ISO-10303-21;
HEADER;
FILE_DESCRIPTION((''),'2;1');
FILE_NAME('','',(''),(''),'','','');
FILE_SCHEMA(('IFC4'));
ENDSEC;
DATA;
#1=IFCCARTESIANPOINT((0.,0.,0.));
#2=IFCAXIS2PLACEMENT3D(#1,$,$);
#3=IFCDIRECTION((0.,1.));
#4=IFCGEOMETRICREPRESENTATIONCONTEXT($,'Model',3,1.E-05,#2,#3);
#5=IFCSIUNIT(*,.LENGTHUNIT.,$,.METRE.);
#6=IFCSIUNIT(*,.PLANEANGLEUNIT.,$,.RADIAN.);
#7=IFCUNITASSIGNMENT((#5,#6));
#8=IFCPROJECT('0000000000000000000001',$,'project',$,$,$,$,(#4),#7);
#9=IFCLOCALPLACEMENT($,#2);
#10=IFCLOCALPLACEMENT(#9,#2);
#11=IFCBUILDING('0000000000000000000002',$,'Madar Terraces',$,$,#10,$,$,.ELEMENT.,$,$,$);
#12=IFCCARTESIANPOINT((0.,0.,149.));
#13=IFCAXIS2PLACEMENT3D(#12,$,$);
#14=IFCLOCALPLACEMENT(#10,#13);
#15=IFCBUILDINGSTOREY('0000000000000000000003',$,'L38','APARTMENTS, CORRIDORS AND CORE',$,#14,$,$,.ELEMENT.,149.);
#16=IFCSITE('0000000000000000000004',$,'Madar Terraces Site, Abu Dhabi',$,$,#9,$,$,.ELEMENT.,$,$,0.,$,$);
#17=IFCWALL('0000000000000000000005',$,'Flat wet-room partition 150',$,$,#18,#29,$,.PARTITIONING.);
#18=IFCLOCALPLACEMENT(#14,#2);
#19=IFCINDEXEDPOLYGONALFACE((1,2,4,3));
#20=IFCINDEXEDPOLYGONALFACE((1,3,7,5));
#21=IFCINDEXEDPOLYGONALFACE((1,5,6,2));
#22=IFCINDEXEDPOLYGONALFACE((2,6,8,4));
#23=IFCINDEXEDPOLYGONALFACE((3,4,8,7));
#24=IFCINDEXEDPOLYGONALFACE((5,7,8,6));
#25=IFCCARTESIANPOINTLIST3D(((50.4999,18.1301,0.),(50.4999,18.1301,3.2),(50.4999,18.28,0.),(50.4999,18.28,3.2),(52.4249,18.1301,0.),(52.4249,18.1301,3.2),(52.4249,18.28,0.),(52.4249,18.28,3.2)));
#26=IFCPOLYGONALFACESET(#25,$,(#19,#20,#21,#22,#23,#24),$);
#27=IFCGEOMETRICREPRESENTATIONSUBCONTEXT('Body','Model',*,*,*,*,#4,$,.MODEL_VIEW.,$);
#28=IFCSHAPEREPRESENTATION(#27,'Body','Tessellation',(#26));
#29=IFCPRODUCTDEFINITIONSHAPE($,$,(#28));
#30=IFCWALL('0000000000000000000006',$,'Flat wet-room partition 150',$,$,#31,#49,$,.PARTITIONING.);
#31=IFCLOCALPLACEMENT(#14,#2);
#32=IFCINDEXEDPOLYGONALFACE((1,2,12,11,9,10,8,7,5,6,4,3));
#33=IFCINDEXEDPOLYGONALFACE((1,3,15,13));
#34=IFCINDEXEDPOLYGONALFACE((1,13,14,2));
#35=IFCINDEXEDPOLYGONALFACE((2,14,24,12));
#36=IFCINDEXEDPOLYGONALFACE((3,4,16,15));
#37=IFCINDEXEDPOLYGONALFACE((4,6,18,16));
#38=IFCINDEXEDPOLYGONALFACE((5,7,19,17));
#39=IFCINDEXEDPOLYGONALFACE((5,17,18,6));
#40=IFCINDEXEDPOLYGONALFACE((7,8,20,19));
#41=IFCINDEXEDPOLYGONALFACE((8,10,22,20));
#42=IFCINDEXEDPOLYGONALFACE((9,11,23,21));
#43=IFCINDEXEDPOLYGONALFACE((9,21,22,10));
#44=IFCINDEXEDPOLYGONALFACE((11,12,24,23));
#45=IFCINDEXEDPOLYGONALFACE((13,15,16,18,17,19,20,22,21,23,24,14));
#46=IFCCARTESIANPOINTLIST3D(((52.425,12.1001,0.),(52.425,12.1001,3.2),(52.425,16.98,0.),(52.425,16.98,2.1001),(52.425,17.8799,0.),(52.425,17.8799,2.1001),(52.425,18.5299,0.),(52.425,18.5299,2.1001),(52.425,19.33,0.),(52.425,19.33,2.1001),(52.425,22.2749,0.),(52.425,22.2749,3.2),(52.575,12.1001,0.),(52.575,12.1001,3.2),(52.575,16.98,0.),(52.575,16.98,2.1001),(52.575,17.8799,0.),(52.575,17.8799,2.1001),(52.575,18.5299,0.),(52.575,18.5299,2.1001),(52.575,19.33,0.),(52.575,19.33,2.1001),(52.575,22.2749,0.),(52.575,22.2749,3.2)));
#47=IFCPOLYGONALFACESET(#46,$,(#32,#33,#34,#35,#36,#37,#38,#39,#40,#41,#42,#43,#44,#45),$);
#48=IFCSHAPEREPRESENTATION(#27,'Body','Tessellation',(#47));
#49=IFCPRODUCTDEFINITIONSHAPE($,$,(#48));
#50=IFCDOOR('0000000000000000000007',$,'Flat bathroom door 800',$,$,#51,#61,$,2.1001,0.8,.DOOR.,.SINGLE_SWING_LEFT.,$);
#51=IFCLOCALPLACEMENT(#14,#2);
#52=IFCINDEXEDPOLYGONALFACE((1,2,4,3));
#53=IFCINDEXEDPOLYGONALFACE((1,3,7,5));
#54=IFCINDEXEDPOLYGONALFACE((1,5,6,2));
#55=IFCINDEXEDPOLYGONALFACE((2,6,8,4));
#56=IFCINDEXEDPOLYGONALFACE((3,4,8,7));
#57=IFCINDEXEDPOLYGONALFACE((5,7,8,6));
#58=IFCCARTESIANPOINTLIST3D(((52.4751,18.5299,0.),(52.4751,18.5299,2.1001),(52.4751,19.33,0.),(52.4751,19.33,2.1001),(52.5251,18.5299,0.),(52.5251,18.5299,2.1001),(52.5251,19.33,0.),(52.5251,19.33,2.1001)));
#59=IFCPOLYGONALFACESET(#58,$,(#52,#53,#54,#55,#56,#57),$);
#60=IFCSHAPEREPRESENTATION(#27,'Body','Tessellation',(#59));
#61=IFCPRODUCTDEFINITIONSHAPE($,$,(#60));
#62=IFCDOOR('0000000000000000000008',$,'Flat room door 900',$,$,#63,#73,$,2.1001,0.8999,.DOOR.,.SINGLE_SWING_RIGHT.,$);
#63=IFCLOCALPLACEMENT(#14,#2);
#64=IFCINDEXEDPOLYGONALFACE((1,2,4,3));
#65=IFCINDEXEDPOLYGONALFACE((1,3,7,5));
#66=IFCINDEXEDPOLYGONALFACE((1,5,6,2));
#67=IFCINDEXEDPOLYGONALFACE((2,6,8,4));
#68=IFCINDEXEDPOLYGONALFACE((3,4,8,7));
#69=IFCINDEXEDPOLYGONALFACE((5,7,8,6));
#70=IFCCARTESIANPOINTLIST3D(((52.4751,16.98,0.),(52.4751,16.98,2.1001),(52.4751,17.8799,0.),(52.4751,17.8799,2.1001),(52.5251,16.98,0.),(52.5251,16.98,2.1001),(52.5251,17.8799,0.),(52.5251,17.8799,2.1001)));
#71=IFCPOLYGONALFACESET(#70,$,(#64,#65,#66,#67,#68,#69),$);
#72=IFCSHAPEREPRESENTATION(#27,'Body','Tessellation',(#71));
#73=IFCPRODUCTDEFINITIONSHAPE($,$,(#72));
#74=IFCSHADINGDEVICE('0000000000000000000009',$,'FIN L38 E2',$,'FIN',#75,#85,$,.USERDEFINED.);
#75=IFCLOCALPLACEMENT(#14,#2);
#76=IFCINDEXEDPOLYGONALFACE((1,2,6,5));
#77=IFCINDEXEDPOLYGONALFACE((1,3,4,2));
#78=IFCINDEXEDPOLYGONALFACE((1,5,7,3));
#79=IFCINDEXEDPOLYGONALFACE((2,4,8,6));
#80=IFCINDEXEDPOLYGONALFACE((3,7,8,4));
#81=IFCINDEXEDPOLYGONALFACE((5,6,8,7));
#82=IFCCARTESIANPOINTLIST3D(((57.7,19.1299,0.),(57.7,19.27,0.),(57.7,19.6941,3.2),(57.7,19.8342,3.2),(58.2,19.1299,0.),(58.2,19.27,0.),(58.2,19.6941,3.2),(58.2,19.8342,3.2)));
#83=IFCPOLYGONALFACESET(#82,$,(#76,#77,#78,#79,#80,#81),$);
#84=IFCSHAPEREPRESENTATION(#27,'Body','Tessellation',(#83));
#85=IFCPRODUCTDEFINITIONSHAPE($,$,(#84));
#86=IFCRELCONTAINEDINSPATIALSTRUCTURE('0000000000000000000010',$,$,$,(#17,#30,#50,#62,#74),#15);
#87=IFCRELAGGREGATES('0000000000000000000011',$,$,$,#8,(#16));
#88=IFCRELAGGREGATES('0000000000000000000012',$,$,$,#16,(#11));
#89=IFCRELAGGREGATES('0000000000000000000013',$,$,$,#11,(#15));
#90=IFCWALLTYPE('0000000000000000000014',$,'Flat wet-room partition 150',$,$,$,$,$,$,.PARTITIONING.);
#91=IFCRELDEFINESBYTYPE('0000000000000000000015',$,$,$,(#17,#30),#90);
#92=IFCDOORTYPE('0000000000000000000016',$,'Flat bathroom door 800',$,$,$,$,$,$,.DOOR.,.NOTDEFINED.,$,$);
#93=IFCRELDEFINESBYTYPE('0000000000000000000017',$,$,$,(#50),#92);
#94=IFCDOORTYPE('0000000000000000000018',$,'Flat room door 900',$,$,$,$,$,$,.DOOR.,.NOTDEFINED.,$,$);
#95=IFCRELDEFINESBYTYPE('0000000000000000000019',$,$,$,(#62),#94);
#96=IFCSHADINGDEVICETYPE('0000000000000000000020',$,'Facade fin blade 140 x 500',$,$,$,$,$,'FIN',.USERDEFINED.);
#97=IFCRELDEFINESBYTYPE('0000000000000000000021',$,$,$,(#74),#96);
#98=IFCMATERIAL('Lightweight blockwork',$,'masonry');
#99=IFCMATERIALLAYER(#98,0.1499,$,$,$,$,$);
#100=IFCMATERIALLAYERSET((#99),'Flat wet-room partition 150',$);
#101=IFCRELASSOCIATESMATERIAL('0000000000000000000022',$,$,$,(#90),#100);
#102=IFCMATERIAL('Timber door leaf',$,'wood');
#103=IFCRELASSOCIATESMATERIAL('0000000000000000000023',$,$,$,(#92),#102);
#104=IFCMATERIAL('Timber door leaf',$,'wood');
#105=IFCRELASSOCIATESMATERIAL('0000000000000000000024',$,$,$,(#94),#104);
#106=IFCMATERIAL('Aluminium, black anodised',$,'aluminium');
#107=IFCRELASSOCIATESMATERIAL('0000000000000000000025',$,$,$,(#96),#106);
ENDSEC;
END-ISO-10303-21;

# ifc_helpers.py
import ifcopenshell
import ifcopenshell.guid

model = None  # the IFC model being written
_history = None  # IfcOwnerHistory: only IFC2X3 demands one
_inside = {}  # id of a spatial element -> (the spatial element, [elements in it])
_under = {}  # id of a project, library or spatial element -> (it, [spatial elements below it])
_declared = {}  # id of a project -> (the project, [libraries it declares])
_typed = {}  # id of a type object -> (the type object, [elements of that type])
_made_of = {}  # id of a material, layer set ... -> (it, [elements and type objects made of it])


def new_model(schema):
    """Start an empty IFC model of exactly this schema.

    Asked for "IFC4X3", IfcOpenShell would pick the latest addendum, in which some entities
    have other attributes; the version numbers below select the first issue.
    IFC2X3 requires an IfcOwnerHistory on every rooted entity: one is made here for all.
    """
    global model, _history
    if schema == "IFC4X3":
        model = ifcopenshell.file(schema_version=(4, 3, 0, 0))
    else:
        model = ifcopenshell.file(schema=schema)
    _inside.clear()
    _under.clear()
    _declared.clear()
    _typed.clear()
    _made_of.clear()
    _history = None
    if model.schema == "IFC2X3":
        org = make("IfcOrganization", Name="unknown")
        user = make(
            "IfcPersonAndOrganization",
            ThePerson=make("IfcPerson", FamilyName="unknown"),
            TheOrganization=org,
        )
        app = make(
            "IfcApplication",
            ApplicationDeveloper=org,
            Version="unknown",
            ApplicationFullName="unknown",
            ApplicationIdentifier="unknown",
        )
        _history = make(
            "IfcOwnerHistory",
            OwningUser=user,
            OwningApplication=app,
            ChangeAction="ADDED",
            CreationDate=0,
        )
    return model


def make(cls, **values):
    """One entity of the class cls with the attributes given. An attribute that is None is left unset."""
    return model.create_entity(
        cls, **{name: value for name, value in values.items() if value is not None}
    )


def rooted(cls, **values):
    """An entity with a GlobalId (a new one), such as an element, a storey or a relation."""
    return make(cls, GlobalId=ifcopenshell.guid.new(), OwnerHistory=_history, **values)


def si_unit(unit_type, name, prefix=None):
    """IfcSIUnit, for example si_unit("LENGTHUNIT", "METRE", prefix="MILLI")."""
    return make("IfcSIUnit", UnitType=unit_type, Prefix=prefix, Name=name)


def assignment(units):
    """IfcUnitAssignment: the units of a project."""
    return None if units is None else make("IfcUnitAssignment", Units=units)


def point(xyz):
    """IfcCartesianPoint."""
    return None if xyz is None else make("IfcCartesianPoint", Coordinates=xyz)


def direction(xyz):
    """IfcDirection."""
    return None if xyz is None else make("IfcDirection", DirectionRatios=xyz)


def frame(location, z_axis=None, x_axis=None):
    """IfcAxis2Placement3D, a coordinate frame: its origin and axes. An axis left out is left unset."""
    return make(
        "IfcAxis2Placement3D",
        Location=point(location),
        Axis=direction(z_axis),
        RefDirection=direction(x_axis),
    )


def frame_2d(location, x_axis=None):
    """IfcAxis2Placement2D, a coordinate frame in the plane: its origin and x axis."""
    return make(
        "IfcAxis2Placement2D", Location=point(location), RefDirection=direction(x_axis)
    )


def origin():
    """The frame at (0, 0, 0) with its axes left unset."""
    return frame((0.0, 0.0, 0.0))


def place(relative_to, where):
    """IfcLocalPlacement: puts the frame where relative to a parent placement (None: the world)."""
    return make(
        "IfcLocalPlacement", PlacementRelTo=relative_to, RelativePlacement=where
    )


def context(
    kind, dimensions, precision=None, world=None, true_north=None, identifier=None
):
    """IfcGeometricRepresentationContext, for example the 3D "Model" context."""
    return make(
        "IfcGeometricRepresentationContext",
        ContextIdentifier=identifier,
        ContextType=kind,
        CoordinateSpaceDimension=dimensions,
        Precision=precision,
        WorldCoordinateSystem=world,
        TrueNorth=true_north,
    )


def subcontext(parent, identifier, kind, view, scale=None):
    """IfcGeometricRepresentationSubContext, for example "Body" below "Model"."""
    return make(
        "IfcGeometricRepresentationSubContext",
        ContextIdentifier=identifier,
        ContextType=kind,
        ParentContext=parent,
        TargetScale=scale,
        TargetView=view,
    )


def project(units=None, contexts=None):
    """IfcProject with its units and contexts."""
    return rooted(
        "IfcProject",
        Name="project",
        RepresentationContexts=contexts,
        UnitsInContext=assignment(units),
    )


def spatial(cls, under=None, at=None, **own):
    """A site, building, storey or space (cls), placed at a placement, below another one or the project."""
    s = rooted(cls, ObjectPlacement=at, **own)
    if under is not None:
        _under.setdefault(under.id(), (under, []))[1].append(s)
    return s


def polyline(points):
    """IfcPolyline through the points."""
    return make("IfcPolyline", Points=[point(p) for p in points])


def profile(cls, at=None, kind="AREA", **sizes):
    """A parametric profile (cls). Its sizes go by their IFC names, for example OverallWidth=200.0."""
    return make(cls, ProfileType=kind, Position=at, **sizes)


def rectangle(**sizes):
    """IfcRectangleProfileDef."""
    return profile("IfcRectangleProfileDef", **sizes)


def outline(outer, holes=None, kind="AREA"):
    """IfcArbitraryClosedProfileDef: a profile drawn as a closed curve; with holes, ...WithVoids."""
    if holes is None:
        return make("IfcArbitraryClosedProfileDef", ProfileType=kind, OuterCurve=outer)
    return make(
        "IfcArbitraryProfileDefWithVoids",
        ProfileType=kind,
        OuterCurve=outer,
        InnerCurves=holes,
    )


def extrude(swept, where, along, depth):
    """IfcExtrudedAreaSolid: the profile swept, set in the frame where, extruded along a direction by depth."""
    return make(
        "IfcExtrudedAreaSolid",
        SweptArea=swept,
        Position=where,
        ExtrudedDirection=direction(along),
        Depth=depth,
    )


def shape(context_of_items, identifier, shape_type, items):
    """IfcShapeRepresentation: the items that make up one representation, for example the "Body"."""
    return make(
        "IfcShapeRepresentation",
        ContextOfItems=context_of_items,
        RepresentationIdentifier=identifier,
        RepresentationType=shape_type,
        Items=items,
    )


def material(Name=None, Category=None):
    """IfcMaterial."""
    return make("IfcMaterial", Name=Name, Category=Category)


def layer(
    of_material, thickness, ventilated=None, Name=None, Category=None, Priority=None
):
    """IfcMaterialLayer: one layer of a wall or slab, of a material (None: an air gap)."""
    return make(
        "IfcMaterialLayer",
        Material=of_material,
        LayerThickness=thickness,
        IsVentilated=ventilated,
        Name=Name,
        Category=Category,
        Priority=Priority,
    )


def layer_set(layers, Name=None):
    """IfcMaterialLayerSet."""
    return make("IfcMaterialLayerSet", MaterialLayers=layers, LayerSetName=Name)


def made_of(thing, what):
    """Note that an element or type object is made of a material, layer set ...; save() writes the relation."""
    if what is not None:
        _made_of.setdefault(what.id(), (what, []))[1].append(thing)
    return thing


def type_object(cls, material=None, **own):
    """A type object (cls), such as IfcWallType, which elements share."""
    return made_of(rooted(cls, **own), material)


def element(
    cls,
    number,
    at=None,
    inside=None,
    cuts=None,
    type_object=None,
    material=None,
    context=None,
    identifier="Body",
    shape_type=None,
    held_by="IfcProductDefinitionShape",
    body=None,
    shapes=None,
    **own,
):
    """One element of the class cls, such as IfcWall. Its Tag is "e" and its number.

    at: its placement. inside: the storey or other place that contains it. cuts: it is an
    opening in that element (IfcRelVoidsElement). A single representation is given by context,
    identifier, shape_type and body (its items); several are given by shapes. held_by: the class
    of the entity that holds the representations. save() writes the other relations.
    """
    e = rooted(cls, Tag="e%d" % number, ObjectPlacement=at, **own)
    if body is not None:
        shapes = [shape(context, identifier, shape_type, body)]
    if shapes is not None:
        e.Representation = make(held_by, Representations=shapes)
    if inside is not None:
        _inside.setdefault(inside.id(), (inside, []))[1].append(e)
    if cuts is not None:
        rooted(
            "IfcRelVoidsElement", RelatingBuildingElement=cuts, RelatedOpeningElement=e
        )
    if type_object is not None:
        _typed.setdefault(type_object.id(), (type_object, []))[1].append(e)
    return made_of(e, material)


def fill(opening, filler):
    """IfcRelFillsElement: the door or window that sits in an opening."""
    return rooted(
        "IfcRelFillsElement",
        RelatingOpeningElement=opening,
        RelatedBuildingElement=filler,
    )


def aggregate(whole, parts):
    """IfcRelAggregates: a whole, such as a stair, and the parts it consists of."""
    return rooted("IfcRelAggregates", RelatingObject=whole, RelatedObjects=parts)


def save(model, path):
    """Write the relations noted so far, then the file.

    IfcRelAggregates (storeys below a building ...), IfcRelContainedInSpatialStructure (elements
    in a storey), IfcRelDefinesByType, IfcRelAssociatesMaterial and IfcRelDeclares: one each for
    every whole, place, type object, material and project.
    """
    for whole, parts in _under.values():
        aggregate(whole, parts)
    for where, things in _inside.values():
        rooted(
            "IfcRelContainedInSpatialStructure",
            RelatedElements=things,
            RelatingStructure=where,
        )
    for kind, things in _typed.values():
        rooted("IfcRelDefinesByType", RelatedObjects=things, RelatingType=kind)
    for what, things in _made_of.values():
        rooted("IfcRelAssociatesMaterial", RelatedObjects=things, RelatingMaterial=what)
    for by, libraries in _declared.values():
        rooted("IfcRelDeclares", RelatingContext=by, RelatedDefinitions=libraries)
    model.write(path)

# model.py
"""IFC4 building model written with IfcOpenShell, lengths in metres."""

from ifc_helpers import new_model, si_unit, direction, frame, frame_2d, origin, place, context, subcontext, project, spatial, polyline, rectangle, outline, extrude, material, layer, layer_set, type_object, element, fill, save


model = new_model("IFC4")

# Units and contexts
model_context = context("Model", 3, precision=1e-05, world=origin(), true_north=direction((0.0, 1.0)))
body_context = subcontext(model_context, "Body", "Model", "MODEL_VIEW")
ifc_project = project(units=[si_unit("LENGTHUNIT", "METRE"), si_unit("PLANEANGLEUNIT", "RADIAN")], contexts=[model_context])

# Site, building, storey
site_placement = place(None, origin())
site = spatial("IfcSite", under=ifc_project, at=site_placement, Name="Madar Terraces Site, Abu Dhabi", CompositionType="ELEMENT", RefElevation=0.0)
building_placement = place(site_placement, origin())
building = spatial("IfcBuilding", under=site, at=building_placement, Name="Madar Terraces", CompositionType="ELEMENT")
storey_placement = place(building_placement, frame((0.0, 0.0, 149.0)))
storey = spatial("IfcBuildingStorey", under=building, at=storey_placement, Name="L38", Description="APARTMENTS, CORRIDORS AND CORE", CompositionType="ELEMENT", Elevation=149.0)

# Wall
ifc_material_1 = material(Name="Lightweight blockwork", Category="masonry")
ifc_layer_1 = layer(ifc_material_1, 0.1499)
ifc_layer_set_1 = layer_set([ifc_layer_1], Name="Flat wet-room partition 150")
wall_type_1 = type_object("IfcWallType", Name="Flat wet-room partition 150", PredefinedType="PARTITIONING", material=ifc_layer_set_1)
wall_1_placement = place(storey_placement, frame((50.5, 18.2051, 0.0), z_axis=(0.0, 0.0, 1.0), x_axis=(1.0, 0.0, 0.0)))
element("IfcWall", 1, at=wall_1_placement, inside=storey, type_object=wall_type_1, Name="Flat wet-room partition 150", PredefinedType="PARTITIONING", context=body_context, shape_type="SweptSolid", body=[
    extrude(rectangle(XDim=1.925, YDim=0.1499, at=frame_2d((0.9624, 0.0))), origin(), (0.0, 0.0, 1.0), 3.2),
])

# Wall, openings, doors
wall_2_placement = place(storey_placement, frame((52.5, 12.1001, 0.0), z_axis=(0.0, 0.0, 1.0), x_axis=(0.0, 1.0, 0.0)))
wall_2 = element("IfcWall", 2, at=wall_2_placement, inside=storey, type_object=wall_type_1, Name="Flat wet-room partition 150", PredefinedType="PARTITIONING", context=body_context, shape_type="SweptSolid", body=[
    extrude(rectangle(XDim=10.1748, YDim=0.1499, at=frame_2d((5.0874, 0.0))), origin(), (0.0, 0.0, 1.0), 3.2),
])
opening_1_placement = place(wall_2_placement, frame((6.4299, 0.0, 0.0)))
opening_1 = element("IfcOpeningElement", 3, at=opening_1_placement, cuts=wall_2, PredefinedType="OPENING", context=body_context, shape_type="SweptSolid", body=[
    extrude(rectangle(XDim=0.8, YDim=2.1001, at=frame_2d((0.3999, 1.05))), frame((0.0, 0.085, 0.0), z_axis=(0.0, -1.0, 0.0), x_axis=(1.0, 0.0, 0.0)), (0.0, 0.0, 1.0), 0.1699),
])
opening_2_placement = place(wall_2_placement, frame((4.8799, 0.0, 0.0)))
opening_2 = element("IfcOpeningElement", 4, at=opening_2_placement, cuts=wall_2, PredefinedType="OPENING", context=body_context, shape_type="SweptSolid", body=[
    extrude(rectangle(XDim=0.8999, YDim=2.1001, at=frame_2d((0.45, 1.05))), frame((0.0, 0.085, 0.0), z_axis=(0.0, -1.0, 0.0), x_axis=(1.0, 0.0, 0.0)), (0.0, 0.0, 1.0), 0.1699),
])
ifc_material_2 = material(Name="Timber door leaf", Category="wood")
door_type_1 = type_object("IfcDoorType", Name="Flat bathroom door 800", OperationType="NOTDEFINED", PredefinedType="DOOR", material=ifc_material_2)
door_1_placement = place(opening_1_placement, origin())
door_1 = element("IfcDoor", 5, at=door_1_placement, inside=storey, type_object=door_type_1, Name="Flat bathroom door 800", OperationType="SINGLE_SWING_LEFT", OverallHeight=2.1001, OverallWidth=0.8, PredefinedType="DOOR", context=body_context, shape_type="SweptSolid", body=[
    extrude(rectangle(XDim=0.8, YDim=2.1001, at=frame_2d((0.3999, 1.05))), frame((0.0, 0.0249, 0.0), z_axis=(0.0, -1.0, 0.0), x_axis=(1.0, 0.0, 0.0)), (0.0, 0.0, 1.0), 0.05),
])
fill(opening_1, door_1)
ifc_material_3 = material(Name="Timber door leaf", Category="wood")
door_type_2 = type_object("IfcDoorType", Name="Flat room door 900", OperationType="NOTDEFINED", PredefinedType="DOOR", material=ifc_material_3)
door_2_placement = place(opening_2_placement, origin())
door_2 = element("IfcDoor", 6, at=door_2_placement, inside=storey, type_object=door_type_2, Name="Flat room door 900", OperationType="SINGLE_SWING_RIGHT", OverallHeight=2.1001, OverallWidth=0.8999, PredefinedType="DOOR", context=body_context, shape_type="SweptSolid", body=[
    extrude(rectangle(XDim=0.8999, YDim=2.1001, at=frame_2d((0.45, 1.05))), frame((0.0, 0.0249, 0.0), z_axis=(0.0, -1.0, 0.0), x_axis=(1.0, 0.0, 0.0)), (0.0, 0.0, 1.0), 0.05),
])
fill(opening_2, door_2)

# Shading device
ifc_material_4 = material(Name="Aluminium, black anodised", Category="aluminium")
shading_device_type = type_object("IfcShadingDeviceType", Name="Facade fin blade 140 x 500", ElementType="FIN", PredefinedType="USERDEFINED", material=ifc_material_4)
shading_device_placement = place(storey_placement, frame((57.95, 19.1299, 0.0), z_axis=(0.0, 0.0, 1.0), x_axis=(0.0, 1.0, 0.0)))
element("IfcShadingDevice", 7, at=shading_device_placement, inside=storey, type_object=shading_device_type, Name="FIN L38 E2", ObjectType="FIN", PredefinedType="USERDEFINED", context=body_context, shape_type="SweptSolid", body=[
    extrude(outline(polyline([(0.0, 0.0), (0.1401, 0.0), (0.7043, 3.2), (0.5642, 3.2), (0.0, 0.0)])), frame((0.0, 0.25, 0.0), z_axis=(0.0, -1.0, 0.0), x_axis=(1.0, 0.0, 0.0)), (0.0, 0.0, 1.0), 0.5),
])

save(model, "model.ifc")
